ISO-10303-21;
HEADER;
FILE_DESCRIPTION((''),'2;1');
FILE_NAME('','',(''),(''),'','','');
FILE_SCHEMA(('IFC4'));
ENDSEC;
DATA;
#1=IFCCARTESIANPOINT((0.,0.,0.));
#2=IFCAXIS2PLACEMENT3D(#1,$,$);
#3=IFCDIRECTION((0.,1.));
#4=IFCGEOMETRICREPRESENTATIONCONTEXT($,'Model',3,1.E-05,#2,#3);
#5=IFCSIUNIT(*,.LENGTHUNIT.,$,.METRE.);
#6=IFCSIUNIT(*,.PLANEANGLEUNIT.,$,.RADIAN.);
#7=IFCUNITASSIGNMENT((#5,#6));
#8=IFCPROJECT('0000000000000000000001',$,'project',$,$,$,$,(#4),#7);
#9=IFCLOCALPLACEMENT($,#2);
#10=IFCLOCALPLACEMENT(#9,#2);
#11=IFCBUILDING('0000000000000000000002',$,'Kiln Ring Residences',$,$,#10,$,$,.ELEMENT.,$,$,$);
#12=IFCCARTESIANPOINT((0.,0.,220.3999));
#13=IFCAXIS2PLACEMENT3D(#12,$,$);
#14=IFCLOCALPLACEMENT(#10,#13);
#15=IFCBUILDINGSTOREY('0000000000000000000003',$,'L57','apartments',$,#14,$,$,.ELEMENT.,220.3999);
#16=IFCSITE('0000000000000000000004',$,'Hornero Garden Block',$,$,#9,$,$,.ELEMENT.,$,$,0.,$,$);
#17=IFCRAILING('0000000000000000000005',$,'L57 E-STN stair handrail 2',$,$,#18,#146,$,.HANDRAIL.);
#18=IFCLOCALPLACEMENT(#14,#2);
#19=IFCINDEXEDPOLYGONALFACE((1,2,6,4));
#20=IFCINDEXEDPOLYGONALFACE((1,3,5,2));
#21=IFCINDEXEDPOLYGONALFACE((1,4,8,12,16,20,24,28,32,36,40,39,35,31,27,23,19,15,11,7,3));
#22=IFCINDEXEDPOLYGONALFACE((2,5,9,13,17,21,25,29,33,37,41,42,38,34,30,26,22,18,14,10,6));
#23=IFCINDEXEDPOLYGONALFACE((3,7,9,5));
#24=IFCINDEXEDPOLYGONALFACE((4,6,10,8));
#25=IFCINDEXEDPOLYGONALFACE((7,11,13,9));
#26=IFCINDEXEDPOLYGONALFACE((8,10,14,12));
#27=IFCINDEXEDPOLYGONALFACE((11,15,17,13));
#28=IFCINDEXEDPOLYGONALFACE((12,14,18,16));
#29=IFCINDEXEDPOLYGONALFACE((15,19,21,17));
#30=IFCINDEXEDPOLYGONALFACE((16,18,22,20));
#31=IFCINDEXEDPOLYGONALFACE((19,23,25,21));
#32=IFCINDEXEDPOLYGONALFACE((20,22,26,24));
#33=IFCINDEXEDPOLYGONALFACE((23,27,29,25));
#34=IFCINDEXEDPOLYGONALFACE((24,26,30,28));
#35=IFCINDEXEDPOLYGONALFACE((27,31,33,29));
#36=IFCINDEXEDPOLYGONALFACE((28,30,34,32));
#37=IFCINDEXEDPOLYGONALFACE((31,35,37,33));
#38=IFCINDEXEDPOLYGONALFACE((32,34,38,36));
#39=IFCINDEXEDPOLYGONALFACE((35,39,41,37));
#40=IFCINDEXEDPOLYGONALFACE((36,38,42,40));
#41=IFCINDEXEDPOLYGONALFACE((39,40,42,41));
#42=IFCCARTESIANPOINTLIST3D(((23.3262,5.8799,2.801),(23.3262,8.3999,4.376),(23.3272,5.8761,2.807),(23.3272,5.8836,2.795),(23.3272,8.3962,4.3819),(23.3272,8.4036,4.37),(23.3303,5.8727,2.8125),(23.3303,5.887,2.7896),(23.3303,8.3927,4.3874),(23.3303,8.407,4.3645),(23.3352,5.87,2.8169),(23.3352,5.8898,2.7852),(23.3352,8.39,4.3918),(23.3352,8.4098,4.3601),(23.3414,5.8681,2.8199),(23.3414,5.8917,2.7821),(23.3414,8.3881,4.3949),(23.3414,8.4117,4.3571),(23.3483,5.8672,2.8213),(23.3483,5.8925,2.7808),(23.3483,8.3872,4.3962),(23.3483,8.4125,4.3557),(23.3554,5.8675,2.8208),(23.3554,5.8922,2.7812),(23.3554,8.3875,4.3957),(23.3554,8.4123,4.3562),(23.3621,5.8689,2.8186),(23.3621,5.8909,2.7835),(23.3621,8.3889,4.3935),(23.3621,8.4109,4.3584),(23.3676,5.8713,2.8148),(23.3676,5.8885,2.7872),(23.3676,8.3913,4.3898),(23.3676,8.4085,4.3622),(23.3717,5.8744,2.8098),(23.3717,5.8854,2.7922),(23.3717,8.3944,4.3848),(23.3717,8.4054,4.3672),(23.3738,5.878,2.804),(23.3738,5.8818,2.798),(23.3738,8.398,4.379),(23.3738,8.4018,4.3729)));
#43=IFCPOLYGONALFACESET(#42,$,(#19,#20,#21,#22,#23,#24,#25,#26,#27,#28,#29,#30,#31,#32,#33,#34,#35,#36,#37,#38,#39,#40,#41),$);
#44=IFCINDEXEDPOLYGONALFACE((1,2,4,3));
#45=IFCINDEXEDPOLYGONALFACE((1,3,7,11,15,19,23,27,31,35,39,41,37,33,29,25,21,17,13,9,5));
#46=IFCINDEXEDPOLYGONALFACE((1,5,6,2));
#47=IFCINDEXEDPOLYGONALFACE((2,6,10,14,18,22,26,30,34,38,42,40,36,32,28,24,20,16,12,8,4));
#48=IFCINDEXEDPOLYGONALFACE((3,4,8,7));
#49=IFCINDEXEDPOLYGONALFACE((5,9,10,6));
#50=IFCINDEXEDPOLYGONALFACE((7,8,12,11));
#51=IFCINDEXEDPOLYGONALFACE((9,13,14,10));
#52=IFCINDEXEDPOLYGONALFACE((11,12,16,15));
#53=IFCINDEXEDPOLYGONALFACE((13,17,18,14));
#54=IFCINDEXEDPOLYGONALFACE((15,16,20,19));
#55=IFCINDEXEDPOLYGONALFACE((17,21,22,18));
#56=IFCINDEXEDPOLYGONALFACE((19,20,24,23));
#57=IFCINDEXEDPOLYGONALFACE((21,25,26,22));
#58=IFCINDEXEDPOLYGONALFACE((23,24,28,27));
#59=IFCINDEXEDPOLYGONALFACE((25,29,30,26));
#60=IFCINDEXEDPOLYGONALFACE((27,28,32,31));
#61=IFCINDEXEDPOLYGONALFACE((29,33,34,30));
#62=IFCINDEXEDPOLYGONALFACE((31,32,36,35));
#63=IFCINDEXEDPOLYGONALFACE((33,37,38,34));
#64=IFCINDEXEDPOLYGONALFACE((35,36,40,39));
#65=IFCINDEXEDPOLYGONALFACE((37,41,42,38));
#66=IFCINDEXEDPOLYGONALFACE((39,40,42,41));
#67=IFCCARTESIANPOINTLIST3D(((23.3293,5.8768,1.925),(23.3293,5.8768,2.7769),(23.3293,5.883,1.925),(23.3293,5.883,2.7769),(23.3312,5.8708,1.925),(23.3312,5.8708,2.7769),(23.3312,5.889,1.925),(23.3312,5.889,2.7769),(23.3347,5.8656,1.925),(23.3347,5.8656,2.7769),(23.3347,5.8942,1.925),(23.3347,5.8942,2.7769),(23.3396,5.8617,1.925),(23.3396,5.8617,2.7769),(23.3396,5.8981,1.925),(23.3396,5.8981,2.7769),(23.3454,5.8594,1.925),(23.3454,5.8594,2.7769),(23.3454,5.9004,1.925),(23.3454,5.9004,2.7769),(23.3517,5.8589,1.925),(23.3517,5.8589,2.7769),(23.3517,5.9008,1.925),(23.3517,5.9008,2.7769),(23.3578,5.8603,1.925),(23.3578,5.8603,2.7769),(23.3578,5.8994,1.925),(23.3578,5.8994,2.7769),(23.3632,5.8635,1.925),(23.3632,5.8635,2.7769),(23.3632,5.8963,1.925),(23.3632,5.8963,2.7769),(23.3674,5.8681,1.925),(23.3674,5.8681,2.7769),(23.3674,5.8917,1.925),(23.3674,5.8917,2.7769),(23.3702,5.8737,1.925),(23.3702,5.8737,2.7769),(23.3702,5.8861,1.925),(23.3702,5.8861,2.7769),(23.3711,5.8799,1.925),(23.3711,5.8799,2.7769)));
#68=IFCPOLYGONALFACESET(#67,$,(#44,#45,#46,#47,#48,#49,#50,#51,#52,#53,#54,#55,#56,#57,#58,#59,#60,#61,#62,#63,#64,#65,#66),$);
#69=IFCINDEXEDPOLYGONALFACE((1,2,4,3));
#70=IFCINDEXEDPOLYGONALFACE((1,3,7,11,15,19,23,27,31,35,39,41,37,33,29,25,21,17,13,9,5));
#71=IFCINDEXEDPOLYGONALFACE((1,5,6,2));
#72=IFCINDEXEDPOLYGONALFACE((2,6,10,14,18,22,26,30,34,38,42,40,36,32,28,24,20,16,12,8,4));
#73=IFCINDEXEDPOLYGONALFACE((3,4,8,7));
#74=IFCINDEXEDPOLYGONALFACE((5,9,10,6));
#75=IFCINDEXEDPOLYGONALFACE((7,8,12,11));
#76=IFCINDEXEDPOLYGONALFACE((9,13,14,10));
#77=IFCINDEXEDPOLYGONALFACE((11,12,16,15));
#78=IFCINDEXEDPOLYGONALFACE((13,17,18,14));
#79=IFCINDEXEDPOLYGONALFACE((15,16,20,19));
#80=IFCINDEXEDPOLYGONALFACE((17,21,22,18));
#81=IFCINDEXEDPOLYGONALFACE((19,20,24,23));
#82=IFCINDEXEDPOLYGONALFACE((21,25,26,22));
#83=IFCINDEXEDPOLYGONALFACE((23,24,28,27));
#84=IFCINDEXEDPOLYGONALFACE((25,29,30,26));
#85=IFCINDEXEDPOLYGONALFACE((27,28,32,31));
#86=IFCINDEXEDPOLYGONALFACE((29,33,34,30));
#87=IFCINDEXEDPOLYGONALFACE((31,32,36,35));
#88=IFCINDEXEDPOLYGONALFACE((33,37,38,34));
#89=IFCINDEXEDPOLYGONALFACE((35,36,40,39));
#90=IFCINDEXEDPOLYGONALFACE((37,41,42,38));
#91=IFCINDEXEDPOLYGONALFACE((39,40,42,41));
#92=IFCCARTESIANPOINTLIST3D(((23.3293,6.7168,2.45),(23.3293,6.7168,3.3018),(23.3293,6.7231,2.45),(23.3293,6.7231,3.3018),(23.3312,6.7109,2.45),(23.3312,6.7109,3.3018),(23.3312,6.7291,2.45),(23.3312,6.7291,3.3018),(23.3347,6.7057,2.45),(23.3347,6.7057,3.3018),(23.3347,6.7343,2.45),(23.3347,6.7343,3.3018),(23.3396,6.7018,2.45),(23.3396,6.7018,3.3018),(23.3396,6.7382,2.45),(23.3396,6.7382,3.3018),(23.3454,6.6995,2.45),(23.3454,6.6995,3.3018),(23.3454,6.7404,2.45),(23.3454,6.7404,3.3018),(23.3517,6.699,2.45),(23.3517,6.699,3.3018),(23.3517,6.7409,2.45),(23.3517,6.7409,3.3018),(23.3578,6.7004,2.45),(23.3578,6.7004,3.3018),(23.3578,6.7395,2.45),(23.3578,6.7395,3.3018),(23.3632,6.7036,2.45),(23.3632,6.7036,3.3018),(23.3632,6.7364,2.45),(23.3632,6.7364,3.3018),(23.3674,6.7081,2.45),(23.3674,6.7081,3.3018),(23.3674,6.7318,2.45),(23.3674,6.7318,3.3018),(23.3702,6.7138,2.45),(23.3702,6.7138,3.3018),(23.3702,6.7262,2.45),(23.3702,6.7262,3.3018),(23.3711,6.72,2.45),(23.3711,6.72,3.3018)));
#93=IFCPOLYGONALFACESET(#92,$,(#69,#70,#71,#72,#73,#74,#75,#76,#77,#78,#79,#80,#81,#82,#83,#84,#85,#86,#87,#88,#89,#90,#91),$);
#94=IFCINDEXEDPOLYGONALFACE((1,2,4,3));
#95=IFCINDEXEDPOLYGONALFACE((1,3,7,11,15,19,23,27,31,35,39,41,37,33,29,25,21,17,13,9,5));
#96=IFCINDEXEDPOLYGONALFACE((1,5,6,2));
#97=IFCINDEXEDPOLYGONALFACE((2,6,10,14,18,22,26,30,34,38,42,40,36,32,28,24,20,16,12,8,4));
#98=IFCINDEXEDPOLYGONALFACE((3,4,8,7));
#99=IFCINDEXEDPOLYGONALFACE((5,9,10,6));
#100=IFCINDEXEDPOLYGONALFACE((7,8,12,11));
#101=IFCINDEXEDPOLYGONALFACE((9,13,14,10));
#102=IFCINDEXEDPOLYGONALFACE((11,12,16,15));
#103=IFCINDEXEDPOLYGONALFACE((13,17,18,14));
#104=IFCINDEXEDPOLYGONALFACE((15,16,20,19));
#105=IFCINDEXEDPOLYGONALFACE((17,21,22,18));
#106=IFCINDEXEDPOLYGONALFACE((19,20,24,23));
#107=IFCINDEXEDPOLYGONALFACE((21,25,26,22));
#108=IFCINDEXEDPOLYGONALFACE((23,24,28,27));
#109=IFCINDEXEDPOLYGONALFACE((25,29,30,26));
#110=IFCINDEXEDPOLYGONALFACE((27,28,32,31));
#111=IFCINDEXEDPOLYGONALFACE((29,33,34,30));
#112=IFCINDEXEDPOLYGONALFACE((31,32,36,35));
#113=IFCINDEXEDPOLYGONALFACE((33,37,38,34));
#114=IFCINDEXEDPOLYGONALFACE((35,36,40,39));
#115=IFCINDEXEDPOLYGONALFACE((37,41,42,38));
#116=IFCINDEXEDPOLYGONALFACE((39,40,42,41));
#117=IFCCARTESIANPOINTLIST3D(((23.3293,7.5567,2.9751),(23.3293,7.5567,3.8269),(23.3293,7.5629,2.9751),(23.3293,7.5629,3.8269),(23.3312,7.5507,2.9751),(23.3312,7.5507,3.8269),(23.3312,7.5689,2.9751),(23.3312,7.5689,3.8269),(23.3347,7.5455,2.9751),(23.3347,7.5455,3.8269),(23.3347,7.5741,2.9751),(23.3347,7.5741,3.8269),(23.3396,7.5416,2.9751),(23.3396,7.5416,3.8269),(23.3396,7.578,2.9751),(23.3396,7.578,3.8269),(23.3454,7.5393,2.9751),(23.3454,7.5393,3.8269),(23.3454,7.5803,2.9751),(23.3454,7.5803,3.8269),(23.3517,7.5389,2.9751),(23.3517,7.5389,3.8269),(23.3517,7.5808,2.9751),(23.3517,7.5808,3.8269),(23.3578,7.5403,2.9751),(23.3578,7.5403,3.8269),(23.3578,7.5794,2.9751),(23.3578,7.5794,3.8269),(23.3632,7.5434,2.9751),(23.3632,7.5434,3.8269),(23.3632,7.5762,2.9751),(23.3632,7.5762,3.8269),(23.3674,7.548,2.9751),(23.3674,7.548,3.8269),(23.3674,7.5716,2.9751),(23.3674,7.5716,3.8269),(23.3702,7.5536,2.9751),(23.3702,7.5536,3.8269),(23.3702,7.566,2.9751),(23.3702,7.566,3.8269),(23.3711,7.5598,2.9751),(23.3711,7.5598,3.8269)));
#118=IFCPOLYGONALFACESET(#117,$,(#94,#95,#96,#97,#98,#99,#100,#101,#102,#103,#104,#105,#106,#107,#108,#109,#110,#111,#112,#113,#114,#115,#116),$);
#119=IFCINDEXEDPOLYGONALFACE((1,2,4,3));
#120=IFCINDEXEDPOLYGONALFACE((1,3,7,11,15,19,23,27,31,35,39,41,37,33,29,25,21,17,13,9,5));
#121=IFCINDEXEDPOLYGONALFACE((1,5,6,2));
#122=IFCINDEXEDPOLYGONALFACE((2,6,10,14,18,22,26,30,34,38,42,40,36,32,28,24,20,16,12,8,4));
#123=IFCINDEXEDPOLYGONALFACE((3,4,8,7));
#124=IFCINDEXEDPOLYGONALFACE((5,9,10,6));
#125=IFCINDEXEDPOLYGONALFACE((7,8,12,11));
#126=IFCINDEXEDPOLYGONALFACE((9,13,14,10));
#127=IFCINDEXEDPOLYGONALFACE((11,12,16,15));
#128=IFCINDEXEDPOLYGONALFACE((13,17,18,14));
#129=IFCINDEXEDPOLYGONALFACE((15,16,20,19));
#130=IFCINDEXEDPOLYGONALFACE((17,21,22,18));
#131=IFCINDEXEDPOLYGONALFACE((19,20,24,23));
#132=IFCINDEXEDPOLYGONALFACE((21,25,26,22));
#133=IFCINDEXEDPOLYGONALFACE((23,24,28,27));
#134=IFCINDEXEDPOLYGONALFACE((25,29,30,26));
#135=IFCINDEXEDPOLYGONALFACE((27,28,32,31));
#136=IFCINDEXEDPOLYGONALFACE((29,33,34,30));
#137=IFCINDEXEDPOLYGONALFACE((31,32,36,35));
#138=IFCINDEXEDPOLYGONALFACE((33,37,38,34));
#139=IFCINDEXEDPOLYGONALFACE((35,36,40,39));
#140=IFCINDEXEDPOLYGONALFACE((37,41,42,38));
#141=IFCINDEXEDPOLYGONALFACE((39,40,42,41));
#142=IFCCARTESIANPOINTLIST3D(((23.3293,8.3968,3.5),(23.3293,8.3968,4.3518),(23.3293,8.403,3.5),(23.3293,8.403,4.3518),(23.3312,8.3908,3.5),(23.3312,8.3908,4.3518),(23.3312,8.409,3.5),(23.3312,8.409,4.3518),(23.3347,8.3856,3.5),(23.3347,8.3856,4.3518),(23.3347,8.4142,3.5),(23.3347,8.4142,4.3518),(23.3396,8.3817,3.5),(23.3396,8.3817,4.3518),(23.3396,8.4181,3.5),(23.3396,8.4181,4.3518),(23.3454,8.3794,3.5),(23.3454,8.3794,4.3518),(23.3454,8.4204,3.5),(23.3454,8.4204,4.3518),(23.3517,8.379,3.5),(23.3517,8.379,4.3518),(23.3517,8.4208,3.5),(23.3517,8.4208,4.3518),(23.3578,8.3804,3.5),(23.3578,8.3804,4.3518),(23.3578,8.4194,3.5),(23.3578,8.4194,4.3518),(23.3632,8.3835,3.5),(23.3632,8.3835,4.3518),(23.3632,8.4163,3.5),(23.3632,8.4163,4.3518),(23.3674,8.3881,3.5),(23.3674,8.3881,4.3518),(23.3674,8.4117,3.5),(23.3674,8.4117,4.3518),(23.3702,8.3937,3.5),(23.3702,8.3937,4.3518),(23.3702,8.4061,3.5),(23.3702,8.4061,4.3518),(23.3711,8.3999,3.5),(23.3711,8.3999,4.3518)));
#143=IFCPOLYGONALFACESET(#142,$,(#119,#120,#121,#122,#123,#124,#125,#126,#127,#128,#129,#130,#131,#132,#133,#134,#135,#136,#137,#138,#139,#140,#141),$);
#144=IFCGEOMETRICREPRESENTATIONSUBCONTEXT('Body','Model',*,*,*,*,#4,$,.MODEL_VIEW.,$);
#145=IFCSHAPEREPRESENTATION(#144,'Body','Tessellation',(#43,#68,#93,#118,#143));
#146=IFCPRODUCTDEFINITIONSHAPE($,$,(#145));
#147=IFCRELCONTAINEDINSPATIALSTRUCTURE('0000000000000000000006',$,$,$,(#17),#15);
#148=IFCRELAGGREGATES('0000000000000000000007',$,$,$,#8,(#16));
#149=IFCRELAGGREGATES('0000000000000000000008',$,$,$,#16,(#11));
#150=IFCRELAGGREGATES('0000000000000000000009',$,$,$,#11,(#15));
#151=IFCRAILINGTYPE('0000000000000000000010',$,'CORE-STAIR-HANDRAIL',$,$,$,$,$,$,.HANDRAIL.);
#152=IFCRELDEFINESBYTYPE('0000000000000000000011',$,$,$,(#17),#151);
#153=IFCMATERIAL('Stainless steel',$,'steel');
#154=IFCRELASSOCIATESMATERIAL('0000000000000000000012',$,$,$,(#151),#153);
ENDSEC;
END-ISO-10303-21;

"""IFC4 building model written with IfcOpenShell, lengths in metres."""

from ifc_helpers import new_model, si_unit, direction, frame, origin, origin_2d, place, context, subcontext, project, spatial, circle, extrude, material, type_object, element, save


model = new_model("IFC4")

# Units and contexts
model_context = context("Model", 3, precision=1e-05, world=origin(), true_north=direction((0.0, 1.0)))
body_context = subcontext(model_context, "Body", "Model", "MODEL_VIEW")
ifc_project = project(units=[si_unit("LENGTHUNIT", "METRE"), si_unit("PLANEANGLEUNIT", "RADIAN")], contexts=[model_context])

# Site, building, storey
site_placement = place(None, origin())
site = spatial("IfcSite", under=ifc_project, at=site_placement, Name="Hornero Garden Block", CompositionType="ELEMENT", RefElevation=0.0)
building_placement = place(site_placement, origin())
building = spatial("IfcBuilding", under=site, at=building_placement, Name="Kiln Ring Residences", CompositionType="ELEMENT")
storey_placement = place(building_placement, frame((0.0, 0.0, 220.3999)))
storey = spatial("IfcBuildingStorey", under=building, at=storey_placement, Name="L57", Description="apartments", CompositionType="ELEMENT", Elevation=220.3999)

# Railing
ifc_material_1 = material(Name="Stainless steel", Category="steel")
railing_type_1 = type_object("IfcRailingType", Name="CORE-STAIR-HANDRAIL", PredefinedType="HANDRAIL", material=ifc_material_1)
railing_1_placement = place(storey_placement, frame((23.3501, 5.8799, 1.925)))
element("IfcRailing", 1, at=railing_1_placement, inside=storey, type_object=railing_type_1, Name="L57 E-STN stair handrail 2", PredefinedType="HANDRAIL", context=body_context, shape_type="SweptSolid", body=[
    extrude(circle(Radius=0.0239, at=origin_2d()), frame((0.0, 0.0, 0.876), z_axis=(0.0, 0.848008, 0.529984), x_axis=(-1.0, 0.0, 0.0)), (0.0, 0.0, 1.0), 2.9717),
    extrude(circle(Radius=0.021, at=origin_2d()), origin(), (0.0, 0.0, 1.0), 0.8518),
    extrude(circle(Radius=0.021, at=origin_2d()), frame((0.0, 0.8401, 0.5249)), (0.0, 0.0, 1.0), 0.8518),
    extrude(circle(Radius=0.021, at=origin_2d()), frame((0.0, 1.6799, 1.05)), (0.0, 0.0, 1.0), 0.8518),
    extrude(circle(Radius=0.021, at=origin_2d()), frame((0.0, 2.52, 1.575)), (0.0, 0.0, 1.0), 0.8518),
])

save(model, "model.ifc")
